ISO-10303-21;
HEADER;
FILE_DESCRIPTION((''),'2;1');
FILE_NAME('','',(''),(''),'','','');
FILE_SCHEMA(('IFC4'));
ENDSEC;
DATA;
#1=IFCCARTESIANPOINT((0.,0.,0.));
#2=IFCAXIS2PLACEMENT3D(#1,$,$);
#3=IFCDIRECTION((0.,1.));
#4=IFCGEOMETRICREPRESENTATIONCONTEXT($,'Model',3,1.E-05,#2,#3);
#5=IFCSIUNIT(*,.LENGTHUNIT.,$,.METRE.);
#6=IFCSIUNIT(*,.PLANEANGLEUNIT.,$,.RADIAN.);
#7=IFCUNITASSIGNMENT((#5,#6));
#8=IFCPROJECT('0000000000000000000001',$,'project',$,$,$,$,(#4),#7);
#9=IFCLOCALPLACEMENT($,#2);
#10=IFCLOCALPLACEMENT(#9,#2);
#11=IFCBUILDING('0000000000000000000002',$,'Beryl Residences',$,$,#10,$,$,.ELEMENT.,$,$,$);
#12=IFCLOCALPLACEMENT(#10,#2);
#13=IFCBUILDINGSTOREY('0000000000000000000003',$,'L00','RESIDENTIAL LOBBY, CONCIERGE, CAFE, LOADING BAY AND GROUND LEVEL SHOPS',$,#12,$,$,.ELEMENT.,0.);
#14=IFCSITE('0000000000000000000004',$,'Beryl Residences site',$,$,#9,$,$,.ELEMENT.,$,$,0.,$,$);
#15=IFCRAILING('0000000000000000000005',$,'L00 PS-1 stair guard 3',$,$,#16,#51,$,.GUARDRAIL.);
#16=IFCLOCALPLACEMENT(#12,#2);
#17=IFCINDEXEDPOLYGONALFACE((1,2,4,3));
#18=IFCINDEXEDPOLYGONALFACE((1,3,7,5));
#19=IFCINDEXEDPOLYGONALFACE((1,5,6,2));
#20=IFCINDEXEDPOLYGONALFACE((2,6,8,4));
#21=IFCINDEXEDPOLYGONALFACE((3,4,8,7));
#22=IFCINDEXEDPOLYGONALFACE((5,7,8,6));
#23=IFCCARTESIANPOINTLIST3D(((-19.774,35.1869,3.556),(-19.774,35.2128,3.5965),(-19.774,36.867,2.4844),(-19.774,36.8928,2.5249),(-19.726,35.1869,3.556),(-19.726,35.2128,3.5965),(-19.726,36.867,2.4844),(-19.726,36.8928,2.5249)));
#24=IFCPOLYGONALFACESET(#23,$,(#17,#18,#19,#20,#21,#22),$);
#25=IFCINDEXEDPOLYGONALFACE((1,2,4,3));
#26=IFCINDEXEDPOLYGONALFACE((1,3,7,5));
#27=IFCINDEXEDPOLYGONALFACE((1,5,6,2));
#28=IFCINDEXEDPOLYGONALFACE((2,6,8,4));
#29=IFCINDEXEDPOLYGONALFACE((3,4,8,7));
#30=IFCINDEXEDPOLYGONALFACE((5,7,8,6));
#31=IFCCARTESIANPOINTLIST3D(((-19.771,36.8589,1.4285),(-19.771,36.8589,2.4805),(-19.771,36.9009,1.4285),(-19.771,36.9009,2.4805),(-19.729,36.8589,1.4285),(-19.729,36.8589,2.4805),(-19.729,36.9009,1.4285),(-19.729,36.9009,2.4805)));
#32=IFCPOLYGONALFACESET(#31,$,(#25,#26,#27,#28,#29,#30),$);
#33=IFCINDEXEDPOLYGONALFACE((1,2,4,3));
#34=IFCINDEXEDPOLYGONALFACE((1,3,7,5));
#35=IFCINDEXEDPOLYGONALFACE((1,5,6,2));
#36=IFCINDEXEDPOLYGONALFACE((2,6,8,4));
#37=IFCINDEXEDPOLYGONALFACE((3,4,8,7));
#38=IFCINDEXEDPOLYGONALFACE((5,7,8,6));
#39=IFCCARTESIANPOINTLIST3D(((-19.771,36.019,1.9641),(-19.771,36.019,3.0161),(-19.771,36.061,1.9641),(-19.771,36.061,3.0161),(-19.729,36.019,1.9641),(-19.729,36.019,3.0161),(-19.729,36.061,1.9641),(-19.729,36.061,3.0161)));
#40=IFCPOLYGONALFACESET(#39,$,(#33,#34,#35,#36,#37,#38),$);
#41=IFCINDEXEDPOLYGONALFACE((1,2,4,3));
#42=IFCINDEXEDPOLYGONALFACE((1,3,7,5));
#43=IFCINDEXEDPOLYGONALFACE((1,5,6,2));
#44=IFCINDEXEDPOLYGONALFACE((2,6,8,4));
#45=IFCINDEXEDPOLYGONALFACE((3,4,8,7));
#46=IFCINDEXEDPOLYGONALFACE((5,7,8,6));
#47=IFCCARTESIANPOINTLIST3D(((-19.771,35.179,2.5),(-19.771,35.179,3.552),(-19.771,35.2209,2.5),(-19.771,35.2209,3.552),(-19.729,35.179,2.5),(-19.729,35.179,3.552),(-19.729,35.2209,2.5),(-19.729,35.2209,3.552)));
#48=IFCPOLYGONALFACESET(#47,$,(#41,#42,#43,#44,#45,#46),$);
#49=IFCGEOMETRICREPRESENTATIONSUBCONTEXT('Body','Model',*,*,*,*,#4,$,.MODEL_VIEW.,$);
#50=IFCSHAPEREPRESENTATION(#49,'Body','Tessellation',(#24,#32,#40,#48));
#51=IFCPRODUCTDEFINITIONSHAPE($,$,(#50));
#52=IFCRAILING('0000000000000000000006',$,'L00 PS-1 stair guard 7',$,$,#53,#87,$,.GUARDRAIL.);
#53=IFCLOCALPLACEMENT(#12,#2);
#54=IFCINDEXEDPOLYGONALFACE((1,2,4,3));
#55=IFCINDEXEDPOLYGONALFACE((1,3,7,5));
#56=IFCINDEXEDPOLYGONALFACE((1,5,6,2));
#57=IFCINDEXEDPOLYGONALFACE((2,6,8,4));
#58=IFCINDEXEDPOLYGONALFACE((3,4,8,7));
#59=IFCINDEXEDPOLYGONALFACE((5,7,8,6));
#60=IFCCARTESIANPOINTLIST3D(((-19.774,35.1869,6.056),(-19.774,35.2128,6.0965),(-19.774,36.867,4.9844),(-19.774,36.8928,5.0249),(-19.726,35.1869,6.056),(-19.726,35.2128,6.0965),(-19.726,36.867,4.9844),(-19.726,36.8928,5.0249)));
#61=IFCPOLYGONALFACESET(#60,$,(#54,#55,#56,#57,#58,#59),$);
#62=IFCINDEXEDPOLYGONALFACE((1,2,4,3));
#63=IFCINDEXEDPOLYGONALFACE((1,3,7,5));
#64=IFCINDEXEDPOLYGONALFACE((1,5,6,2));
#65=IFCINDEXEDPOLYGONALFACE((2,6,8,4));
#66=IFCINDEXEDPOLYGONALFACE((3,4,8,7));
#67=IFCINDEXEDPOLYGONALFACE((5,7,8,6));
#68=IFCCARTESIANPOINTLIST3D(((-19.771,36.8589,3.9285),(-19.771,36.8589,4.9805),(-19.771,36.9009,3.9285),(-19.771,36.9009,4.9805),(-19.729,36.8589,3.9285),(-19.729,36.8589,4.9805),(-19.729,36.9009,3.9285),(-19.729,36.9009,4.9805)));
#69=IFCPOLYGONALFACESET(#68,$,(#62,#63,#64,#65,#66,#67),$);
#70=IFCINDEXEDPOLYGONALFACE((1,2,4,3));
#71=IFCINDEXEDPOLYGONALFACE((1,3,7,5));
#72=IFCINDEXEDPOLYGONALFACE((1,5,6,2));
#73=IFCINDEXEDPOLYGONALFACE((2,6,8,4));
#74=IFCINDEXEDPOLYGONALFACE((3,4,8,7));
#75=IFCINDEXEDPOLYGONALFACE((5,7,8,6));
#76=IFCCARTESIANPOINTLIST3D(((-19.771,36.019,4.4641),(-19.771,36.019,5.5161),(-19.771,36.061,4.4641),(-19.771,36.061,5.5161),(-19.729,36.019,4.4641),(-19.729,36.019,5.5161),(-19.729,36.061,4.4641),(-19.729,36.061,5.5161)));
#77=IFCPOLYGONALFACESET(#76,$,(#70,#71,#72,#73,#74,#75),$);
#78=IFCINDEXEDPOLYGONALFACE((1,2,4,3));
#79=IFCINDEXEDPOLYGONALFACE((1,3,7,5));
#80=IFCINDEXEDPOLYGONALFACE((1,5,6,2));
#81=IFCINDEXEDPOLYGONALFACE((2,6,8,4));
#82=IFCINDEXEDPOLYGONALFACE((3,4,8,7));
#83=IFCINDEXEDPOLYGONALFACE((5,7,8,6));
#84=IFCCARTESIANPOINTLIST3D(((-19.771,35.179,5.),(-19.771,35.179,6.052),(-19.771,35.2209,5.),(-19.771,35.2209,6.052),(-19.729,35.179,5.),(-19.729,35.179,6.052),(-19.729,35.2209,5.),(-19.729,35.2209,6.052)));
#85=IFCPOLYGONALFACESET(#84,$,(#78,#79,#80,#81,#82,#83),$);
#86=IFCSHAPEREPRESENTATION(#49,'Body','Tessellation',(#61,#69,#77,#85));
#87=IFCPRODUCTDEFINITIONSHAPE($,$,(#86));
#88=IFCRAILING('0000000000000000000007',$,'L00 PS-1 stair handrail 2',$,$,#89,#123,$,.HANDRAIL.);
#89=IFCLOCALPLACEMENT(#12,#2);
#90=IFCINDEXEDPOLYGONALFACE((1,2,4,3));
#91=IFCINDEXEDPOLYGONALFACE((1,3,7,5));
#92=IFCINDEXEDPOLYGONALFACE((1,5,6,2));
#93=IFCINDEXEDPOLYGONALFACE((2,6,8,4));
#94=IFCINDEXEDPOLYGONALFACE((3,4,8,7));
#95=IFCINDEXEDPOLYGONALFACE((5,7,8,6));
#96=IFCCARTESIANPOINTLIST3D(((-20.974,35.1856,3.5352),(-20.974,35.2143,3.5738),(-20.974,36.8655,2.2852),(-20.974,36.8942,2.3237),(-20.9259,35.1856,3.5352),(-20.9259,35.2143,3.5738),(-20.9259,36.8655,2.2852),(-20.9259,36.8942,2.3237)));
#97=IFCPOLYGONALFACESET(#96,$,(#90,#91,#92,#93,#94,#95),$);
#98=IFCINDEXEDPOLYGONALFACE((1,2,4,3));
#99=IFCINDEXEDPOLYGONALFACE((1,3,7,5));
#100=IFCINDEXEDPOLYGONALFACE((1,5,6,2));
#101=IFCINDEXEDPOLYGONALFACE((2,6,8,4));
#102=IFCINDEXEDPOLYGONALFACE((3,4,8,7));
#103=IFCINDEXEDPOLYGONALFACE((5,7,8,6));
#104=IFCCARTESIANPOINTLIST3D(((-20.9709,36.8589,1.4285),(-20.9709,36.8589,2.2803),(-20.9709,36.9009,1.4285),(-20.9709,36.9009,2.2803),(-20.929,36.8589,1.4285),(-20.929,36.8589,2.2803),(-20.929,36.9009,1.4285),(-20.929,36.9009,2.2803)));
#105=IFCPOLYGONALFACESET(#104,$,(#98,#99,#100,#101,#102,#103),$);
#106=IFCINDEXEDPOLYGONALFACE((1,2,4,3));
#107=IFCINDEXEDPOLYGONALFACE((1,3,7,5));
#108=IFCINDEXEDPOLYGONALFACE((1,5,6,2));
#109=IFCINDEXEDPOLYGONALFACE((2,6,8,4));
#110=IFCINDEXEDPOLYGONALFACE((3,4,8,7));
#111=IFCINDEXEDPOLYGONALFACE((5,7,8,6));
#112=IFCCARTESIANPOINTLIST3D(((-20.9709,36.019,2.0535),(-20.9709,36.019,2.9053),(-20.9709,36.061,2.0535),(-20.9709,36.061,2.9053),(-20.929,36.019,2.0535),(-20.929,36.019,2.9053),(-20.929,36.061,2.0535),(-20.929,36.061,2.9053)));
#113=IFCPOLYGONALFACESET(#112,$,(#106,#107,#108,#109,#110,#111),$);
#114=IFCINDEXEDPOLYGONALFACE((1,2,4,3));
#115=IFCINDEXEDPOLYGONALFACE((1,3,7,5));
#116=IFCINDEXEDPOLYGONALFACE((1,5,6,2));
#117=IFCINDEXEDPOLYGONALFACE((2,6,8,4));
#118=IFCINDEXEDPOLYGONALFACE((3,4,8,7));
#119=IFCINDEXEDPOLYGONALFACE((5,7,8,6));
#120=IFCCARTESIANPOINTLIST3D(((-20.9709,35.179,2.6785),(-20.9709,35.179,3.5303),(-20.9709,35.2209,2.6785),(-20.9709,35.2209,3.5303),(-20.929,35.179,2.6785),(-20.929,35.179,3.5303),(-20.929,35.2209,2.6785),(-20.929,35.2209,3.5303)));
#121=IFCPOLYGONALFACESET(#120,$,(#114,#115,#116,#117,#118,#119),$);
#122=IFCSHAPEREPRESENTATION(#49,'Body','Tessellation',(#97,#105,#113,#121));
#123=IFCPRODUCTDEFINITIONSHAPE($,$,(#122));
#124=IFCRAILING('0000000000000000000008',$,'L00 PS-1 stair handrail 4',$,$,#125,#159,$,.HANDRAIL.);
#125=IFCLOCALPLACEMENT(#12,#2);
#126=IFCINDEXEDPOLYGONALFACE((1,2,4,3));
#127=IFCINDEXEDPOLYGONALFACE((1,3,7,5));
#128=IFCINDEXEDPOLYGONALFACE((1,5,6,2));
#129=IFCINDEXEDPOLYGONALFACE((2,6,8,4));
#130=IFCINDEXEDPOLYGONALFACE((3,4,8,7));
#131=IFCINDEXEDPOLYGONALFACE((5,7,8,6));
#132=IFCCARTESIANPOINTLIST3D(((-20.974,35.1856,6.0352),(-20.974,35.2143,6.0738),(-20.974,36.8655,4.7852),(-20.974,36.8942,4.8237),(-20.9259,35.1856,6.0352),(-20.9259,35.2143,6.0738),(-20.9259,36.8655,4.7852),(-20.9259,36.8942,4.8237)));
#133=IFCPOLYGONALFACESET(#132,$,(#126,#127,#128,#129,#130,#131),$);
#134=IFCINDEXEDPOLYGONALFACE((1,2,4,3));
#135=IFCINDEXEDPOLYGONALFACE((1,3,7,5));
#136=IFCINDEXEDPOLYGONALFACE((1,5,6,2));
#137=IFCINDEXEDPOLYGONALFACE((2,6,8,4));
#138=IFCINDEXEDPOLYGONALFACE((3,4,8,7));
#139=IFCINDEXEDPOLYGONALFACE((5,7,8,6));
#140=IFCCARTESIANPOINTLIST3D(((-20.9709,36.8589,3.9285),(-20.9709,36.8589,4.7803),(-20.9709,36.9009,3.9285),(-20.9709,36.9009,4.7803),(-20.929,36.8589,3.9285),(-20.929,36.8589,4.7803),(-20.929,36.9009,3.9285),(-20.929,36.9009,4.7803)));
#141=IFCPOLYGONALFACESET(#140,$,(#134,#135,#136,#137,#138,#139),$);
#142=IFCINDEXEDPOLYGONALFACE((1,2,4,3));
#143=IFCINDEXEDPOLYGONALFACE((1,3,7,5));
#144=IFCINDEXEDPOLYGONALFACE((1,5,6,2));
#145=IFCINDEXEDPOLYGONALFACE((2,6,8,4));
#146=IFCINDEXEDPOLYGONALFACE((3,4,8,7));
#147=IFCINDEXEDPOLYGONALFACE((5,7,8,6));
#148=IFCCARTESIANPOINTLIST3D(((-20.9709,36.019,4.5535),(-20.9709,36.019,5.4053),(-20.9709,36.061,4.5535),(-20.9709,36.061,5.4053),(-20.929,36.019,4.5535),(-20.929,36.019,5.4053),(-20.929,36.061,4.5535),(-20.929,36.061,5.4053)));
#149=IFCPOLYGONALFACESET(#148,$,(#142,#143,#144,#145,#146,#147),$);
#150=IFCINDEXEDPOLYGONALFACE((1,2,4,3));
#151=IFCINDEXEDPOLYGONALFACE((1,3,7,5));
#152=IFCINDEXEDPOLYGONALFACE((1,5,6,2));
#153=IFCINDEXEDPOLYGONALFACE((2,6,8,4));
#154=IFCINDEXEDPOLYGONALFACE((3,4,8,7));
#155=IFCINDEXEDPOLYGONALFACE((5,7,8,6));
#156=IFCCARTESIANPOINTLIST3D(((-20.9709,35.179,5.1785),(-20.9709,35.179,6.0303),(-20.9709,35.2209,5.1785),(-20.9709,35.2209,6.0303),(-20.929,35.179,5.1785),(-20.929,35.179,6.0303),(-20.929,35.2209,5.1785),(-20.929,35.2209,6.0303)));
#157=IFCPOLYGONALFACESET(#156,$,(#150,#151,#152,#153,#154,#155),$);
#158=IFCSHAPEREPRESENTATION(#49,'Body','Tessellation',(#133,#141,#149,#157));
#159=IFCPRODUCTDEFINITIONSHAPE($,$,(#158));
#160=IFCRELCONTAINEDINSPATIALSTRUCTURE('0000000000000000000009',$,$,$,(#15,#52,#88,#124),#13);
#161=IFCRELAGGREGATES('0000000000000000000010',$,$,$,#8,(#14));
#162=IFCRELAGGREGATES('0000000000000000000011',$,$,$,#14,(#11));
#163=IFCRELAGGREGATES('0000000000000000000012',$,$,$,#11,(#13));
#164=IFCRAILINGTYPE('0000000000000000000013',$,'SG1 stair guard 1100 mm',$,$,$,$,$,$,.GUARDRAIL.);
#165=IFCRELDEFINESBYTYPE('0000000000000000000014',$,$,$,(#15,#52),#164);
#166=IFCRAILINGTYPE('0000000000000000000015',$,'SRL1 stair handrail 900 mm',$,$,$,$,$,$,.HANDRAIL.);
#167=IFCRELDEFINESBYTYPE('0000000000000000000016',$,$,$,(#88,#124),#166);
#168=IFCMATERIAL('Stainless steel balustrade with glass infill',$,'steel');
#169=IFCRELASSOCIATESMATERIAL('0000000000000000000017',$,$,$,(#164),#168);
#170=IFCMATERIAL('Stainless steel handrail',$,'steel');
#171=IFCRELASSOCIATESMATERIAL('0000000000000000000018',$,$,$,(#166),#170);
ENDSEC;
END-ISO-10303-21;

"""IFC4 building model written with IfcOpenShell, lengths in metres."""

from ifc_helpers import new_model, si_unit, direction, frame, origin, origin_2d, place, context, subcontext, project, spatial, rectangle, extrude, material, type_object, element, save


model = new_model("IFC4")

# Units and contexts
model_context = context("Model", 3, precision=1e-05, world=origin(), true_north=direction((0.0, 1.0)))
body_context = subcontext(model_context, "Body", "Model", "MODEL_VIEW")
ifc_project = project(units=[si_unit("LENGTHUNIT", "METRE"), si_unit("PLANEANGLEUNIT", "RADIAN")], contexts=[model_context])

# Site, building, storey
site_placement = place(None, origin())
site = spatial("IfcSite", under=ifc_project, at=site_placement, Name="Beryl Residences site", CompositionType="ELEMENT", RefElevation=0.0)
building_placement = place(site_placement, origin())
building = spatial("IfcBuilding", under=site, at=building_placement, Name="Beryl Residences", CompositionType="ELEMENT")
storey_placement = place(building_placement, origin())
storey = spatial("IfcBuildingStorey", under=building, at=storey_placement, Name="L00", Description="RESIDENTIAL LOBBY, CONCIERGE, CAFE, LOADING BAY AND GROUND LEVEL SHOPS", CompositionType="ELEMENT", Elevation=0.0)

# Railings
ifc_material_1 = material(Name="Stainless steel balustrade with glass infill", Category="steel")
railing_type_1 = type_object("IfcRailingType", Name="SG1 stair guard 1100 mm", PredefinedType="GUARDRAIL", material=ifc_material_1)
for number, where, name in (
    (1, (-19.75, 36.8799, 1.4285), "L00 PS-1 stair guard 3"),
    (2, (-19.75, 36.8799, 3.9285), "L00 PS-1 stair guard 7"),
):
    element("IfcRailing", number, at=place(storey_placement, frame(where)), inside=storey, type_object=railing_type_1, Name=name, PredefinedType="GUARDRAIL", context=body_context, shape_type="SweptSolid", body=[
        extrude(rectangle(XDim=0.0481, YDim=0.0481, at=origin_2d()), frame((0.0, 0.0, 1.0762), z_axis=(0.0, -0.843096, 0.537763), x_axis=(1.0, 0.0, 0.0)), (0.0, 0.0, 1.0), 1.9927),
        extrude(rectangle(XDim=0.042, YDim=0.042, at=origin_2d()), origin(), (0.0, 0.0, 1.0), 1.052),
        extrude(rectangle(XDim=0.042, YDim=0.042, at=origin_2d()), frame((0.0, -0.8398, 0.5356)), (0.0, 0.0, 1.0), 1.052),
        extrude(rectangle(XDim=0.042, YDim=0.042, at=origin_2d()), frame((0.0, -1.6799, 1.0715)), (0.0, 0.0, 1.0), 1.052),
    ])
ifc_material_2 = material(Name="Stainless steel handrail", Category="steel")
railing_type_2 = type_object("IfcRailingType", Name="SRL1 stair handrail 900 mm", PredefinedType="HANDRAIL", material=ifc_material_2)
for number, where, name in (
    (3, (-20.95, 36.8799, 1.4285), "L00 PS-1 stair handrail 2"),
    (4, (-20.95, 36.8799, 3.9285), "L00 PS-1 stair handrail 4"),
):
    element("IfcRailing", number, at=place(storey_placement, frame(where)), inside=storey, type_object=railing_type_2, Name=name, PredefinedType="HANDRAIL", context=body_context, shape_type="SweptSolid", body=[
        extrude(rectangle(XDim=0.0481, YDim=0.0481, at=origin_2d()), frame((0.0, 0.0, 0.876), z_axis=(0.0, -0.802275, 0.596955), x_axis=(1.0, 0.0, 0.0)), (0.0, 0.0, 1.0), 2.094),
        extrude(rectangle(XDim=0.042, YDim=0.042, at=origin_2d()), origin(), (0.0, 0.0, 1.0), 0.8518),
        extrude(rectangle(XDim=0.042, YDim=0.042, at=origin_2d()), frame((0.0, -0.8398, 0.625)), (0.0, 0.0, 1.0), 0.8518),
        extrude(rectangle(XDim=0.042, YDim=0.042, at=origin_2d()), frame((0.0, -1.6799, 1.25)), (0.0, 0.0, 1.0), 0.8518),
    ])

save(model, "model.ifc")
